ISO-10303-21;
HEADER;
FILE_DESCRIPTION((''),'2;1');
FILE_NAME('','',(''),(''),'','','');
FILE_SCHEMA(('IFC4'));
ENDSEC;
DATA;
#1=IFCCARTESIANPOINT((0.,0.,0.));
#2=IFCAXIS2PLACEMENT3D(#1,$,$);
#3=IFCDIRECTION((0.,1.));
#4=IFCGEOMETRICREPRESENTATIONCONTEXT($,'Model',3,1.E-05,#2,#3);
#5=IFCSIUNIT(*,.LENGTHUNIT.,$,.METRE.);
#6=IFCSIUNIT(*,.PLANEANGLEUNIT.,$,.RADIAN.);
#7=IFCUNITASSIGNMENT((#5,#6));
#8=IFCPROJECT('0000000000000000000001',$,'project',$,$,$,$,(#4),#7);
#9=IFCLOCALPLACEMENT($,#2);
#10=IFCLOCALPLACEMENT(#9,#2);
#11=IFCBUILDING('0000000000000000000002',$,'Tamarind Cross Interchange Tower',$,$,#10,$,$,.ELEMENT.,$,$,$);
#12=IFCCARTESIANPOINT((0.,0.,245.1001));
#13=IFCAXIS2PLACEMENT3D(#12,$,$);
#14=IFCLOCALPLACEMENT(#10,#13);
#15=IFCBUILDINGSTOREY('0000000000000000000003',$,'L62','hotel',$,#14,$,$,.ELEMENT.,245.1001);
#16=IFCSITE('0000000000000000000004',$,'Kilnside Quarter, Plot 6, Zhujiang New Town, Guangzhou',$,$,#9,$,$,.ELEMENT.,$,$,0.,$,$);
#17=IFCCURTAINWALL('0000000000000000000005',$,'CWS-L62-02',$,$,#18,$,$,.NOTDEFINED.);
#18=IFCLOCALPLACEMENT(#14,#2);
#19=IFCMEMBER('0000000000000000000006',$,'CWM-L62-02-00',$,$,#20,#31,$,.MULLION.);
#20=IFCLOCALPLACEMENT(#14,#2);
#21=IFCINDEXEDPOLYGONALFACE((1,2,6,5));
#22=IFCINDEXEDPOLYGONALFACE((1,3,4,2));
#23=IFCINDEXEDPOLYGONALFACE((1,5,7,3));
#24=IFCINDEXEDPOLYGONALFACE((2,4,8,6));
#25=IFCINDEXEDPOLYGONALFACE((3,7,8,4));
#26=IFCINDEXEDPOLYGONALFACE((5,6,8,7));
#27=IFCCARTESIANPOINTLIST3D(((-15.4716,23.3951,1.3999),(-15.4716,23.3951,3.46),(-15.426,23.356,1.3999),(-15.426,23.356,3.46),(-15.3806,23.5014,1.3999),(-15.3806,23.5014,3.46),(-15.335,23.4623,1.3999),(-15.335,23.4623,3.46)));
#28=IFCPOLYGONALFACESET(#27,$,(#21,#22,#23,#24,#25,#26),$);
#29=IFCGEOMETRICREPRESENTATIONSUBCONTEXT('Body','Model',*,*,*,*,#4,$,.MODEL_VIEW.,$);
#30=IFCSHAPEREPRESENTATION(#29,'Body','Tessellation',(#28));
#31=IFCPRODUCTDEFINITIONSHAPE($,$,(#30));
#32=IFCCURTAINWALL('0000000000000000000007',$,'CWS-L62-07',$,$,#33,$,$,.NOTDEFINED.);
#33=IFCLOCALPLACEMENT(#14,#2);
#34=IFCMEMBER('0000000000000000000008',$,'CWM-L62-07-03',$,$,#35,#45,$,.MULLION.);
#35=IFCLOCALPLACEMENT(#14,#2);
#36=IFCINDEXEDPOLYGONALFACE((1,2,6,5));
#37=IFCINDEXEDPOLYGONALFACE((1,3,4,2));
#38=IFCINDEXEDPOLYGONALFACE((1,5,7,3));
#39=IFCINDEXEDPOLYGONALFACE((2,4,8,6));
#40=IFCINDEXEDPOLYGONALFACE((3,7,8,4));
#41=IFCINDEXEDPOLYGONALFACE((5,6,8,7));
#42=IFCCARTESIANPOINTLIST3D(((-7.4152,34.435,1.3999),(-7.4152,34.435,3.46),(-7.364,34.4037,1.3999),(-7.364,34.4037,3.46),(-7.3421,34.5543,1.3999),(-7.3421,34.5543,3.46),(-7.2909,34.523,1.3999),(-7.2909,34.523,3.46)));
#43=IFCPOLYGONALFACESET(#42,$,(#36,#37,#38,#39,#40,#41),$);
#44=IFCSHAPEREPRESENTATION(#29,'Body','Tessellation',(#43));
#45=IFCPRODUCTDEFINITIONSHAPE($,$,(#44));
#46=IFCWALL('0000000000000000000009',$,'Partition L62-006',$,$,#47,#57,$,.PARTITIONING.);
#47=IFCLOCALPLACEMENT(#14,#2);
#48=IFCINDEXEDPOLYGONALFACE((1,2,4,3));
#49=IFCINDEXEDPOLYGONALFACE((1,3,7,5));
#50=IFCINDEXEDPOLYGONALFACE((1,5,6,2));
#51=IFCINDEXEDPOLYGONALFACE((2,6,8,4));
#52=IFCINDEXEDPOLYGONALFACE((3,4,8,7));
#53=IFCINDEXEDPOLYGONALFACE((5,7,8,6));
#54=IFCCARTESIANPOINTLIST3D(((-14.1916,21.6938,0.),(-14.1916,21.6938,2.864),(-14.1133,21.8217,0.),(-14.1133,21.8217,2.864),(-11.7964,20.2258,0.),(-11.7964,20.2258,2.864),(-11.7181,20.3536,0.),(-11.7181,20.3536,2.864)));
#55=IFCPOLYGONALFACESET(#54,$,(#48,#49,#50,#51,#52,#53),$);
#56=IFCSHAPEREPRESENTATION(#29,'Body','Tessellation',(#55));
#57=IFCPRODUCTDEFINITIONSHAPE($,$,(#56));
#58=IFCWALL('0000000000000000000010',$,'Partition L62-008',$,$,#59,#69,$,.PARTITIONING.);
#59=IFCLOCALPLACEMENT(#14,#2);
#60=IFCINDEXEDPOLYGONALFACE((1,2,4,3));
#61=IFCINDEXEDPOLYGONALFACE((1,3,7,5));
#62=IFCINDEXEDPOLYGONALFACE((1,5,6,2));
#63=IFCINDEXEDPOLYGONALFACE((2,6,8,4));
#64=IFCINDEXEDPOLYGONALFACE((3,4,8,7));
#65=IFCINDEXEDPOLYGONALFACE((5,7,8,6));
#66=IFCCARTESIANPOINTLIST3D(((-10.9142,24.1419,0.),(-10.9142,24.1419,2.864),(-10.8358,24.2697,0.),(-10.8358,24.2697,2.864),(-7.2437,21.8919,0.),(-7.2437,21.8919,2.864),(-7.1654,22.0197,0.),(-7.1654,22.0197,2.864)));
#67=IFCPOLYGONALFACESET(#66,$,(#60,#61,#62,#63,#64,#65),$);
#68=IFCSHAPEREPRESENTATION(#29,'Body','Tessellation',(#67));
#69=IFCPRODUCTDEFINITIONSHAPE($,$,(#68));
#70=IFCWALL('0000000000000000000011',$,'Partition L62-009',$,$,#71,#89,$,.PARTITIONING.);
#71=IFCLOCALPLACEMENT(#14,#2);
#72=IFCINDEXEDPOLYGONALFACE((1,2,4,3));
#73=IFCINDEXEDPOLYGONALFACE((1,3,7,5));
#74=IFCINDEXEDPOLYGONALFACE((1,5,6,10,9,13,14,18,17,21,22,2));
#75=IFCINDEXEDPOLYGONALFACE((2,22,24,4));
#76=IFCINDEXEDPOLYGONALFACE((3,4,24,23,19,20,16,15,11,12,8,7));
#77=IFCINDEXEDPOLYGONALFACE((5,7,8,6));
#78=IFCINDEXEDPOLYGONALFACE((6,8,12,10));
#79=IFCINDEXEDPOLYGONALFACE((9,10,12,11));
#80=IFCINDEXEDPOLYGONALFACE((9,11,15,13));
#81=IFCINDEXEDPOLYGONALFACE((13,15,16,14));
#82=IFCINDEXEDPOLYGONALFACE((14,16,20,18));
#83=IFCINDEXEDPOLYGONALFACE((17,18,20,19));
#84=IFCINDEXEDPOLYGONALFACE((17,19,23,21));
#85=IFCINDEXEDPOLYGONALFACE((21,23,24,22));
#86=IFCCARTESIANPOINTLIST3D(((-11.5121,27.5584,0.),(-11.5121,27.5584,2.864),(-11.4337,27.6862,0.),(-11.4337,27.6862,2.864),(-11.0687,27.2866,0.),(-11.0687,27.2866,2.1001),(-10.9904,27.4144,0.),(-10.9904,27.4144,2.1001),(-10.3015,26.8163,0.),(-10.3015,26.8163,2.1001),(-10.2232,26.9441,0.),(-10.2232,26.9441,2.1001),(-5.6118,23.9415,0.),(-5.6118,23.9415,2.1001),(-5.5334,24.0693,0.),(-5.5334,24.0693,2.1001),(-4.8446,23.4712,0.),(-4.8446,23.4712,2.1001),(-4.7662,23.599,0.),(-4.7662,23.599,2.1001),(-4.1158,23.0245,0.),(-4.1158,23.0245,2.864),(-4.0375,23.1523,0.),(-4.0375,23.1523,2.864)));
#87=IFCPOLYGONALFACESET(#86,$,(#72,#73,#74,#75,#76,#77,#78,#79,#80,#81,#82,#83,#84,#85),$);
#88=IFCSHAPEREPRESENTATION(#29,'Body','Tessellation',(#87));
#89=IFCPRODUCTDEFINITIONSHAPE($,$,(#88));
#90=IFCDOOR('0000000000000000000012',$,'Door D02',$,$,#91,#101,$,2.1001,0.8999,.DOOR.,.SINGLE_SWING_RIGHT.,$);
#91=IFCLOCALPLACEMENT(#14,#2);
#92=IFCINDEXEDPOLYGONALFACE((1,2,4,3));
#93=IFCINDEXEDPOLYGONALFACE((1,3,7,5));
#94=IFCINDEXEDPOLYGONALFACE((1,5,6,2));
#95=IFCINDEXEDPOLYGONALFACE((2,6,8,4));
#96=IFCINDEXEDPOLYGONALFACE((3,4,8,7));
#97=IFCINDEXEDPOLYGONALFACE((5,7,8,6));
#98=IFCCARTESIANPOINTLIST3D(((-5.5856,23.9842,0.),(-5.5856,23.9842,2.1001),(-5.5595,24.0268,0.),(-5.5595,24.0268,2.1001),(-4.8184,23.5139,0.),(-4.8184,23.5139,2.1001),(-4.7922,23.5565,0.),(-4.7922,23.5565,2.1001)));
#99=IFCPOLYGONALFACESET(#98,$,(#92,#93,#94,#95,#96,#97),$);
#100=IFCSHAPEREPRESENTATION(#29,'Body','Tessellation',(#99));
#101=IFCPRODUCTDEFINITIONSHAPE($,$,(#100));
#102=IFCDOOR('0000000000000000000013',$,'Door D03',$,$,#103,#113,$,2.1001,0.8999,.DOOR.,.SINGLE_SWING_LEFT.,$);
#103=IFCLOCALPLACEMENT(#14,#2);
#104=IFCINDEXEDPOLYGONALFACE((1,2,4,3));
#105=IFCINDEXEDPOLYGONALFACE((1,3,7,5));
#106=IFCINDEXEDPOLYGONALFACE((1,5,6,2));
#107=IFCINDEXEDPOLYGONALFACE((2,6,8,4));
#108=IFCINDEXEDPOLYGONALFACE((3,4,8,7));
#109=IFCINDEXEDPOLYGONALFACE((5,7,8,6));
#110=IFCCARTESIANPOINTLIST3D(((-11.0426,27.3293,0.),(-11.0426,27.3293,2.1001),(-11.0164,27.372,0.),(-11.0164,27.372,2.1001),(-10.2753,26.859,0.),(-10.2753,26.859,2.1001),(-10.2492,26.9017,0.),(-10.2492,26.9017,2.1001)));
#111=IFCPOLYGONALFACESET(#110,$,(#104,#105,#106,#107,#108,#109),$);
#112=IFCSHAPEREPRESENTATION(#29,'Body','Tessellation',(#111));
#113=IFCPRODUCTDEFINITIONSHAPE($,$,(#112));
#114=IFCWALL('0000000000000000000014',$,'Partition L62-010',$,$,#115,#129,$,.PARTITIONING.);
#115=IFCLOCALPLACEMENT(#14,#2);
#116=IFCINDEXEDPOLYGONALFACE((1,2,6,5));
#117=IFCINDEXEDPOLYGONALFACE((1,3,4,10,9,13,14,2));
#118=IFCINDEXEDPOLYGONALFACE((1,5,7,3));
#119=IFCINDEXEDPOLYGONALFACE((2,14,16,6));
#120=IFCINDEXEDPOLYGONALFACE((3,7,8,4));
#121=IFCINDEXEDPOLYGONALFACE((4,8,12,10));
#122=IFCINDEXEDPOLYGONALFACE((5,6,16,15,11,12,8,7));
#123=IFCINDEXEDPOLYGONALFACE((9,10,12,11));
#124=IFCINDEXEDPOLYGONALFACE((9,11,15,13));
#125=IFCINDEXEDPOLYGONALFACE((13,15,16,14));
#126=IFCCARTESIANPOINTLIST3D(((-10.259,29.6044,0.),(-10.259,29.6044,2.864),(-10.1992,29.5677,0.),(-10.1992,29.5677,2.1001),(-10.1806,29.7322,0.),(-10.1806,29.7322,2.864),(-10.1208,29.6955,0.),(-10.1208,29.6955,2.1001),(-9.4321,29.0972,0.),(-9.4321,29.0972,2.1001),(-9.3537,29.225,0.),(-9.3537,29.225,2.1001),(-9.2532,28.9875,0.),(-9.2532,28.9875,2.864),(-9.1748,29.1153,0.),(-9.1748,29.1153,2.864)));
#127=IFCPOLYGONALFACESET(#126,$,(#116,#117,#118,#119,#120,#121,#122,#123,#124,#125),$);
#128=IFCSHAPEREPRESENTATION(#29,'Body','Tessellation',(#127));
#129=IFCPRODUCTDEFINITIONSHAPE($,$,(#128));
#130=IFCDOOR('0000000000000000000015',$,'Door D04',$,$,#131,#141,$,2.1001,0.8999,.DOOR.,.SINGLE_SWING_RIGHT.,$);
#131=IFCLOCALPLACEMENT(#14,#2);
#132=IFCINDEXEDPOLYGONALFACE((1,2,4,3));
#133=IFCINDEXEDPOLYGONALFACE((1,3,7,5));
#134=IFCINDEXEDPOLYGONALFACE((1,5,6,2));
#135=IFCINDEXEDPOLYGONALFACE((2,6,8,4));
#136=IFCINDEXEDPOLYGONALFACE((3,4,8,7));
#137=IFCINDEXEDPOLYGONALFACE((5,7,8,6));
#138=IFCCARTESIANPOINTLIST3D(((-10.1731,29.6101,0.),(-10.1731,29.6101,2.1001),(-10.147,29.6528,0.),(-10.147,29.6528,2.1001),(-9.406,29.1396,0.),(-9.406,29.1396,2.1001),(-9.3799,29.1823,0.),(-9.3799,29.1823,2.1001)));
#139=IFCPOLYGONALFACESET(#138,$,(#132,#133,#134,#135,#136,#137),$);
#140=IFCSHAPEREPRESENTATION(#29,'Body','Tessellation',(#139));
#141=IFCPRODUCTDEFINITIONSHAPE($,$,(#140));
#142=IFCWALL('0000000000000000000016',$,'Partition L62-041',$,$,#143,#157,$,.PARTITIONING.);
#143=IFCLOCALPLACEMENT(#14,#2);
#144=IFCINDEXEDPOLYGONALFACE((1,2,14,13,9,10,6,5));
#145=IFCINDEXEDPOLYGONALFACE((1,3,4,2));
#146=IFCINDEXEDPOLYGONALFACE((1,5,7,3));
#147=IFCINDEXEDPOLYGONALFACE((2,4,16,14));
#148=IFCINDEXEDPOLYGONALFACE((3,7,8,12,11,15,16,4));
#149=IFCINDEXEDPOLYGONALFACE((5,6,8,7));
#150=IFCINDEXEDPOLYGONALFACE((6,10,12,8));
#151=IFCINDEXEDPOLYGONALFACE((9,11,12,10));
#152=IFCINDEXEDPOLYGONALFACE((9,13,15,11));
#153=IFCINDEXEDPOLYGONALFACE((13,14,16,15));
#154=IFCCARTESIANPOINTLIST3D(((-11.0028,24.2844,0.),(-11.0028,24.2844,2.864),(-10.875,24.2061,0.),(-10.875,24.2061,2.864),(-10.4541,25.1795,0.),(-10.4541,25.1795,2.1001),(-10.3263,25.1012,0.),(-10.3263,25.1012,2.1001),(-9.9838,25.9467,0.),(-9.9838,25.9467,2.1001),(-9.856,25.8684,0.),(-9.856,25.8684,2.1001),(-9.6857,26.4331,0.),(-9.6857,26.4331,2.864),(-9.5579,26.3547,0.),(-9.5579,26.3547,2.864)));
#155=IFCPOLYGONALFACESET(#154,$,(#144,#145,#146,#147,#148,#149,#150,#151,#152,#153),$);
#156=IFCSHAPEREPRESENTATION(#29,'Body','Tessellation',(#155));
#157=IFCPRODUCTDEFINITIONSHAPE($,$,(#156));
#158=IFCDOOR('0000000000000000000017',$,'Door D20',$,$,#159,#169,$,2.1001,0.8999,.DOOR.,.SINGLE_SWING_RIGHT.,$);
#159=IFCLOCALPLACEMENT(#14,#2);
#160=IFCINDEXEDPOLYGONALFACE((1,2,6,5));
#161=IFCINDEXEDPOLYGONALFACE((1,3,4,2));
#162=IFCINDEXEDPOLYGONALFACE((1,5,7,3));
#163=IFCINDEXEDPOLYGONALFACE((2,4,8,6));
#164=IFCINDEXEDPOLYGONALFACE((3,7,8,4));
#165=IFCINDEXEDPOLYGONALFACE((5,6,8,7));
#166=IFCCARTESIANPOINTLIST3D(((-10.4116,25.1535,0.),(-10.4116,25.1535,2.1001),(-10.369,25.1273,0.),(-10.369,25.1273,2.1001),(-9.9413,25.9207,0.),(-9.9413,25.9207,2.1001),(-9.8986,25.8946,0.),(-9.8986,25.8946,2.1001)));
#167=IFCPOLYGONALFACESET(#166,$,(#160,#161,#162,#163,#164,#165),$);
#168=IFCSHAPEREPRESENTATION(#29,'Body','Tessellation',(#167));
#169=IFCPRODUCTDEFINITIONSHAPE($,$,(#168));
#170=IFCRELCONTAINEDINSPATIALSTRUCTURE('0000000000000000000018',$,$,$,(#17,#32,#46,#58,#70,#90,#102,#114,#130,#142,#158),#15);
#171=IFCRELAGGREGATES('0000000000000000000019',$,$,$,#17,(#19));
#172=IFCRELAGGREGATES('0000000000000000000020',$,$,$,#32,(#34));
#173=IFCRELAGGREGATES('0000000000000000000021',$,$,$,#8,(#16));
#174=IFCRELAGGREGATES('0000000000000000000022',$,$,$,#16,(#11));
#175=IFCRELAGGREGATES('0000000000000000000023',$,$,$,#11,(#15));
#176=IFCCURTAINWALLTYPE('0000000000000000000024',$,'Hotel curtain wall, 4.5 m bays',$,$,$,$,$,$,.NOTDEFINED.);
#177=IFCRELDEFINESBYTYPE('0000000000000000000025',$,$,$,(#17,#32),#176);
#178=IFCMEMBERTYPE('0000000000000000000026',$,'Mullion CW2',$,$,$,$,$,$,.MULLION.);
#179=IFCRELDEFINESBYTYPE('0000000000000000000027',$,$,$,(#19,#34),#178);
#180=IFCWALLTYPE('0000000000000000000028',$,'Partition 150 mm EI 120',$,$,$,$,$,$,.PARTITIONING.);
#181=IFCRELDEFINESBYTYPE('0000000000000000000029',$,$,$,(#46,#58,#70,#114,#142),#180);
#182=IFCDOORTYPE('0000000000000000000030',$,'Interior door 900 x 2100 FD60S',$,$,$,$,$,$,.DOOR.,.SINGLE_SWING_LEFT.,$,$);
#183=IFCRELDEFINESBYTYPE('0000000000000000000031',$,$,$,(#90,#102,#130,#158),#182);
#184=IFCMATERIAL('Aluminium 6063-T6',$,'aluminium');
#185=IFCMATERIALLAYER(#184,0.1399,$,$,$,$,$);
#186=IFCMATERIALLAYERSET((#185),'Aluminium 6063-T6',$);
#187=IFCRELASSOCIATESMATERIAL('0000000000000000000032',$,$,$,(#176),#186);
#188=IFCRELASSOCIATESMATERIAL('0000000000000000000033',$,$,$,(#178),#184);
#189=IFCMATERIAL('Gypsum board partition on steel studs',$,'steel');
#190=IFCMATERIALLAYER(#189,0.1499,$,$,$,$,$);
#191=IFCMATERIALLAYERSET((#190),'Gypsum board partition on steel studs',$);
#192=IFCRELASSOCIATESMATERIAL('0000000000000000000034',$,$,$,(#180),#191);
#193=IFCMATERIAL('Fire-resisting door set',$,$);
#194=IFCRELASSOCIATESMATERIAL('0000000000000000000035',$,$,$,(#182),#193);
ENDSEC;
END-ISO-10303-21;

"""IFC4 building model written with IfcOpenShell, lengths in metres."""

from ifc_helpers import new_model, si_unit, direction, frame, frame_2d, origin, origin_2d, place, context, subcontext, project, spatial, rectangle, extrude, material, layer, layer_set, material_profile, profile_set, type_object, element, fill, aggregate, save


model = new_model("IFC4")

# Units and contexts
model_context = context("Model", 3, precision=1e-05, world=origin(), true_north=direction((0.0, 1.0)))
body_context = subcontext(model_context, "Body", "Model", "MODEL_VIEW")
ifc_project = project(units=[si_unit("LENGTHUNIT", "METRE"), si_unit("PLANEANGLEUNIT", "RADIAN")], contexts=[model_context])

# Site, building, storey
site_placement = place(None, origin())
site = spatial("IfcSite", under=ifc_project, at=site_placement, Name="Kilnside Quarter, Plot 6, Zhujiang New Town, Guangzhou", CompositionType="ELEMENT", RefElevation=0.0)
building_placement = place(site_placement, origin())
building = spatial("IfcBuilding", under=site, at=building_placement, Name="Tamarind Cross Interchange Tower", CompositionType="ELEMENT")
storey_placement = place(building_placement, frame((0.0, 0.0, 245.1001)))
storey = spatial("IfcBuildingStorey", under=building, at=storey_placement, Name="L62", Description="hotel", CompositionType="ELEMENT", Elevation=245.1001)

# Shared definitions
ifc_material_1 = material(Name="Aluminium 6063-T6", Category="aluminium")
ifc_layer_1 = layer(ifc_material_1, 0.1399)
ifc_layer_set_1 = layer_set([ifc_layer_1], Name="Aluminium 6063-T6")
curtain_wall_type = type_object("IfcCurtainWallType", Name="Hotel curtain wall, 4.5 m bays", PredefinedType="NOTDEFINED", material=ifc_layer_set_1)
ifc_material_profile_1 = material_profile(ifc_material_1, rectangle(XDim=0.0601, YDim=0.1399, at=origin_2d()), Name="Mullion CW2")
ifc_profile_set_1 = profile_set([ifc_material_profile_1], Name="Aluminium 6063-T6")
member_type = type_object("IfcMemberType", Name="Mullion CW2", PredefinedType="MULLION", material=ifc_profile_set_1)

# Curtain walls, members
curtain_wall_1_placement = place(storey_placement, origin())
curtain_wall_1 = element("IfcCurtainWall", 1, at=curtain_wall_1_placement, inside=storey, type_object=curtain_wall_type, Name="CWS-L62-02", PredefinedType="NOTDEFINED")
member_1_placement = place(storey_placement, frame((-15.4033, 23.4287, 1.3999), z_axis=(0.0, 0.0, 1.0), x_axis=(0.759701, -0.650273, 0.0)))
member_1 = element("IfcMember", 2, at=member_1_placement, type_object=member_type, Name="CWM-L62-02-00", PredefinedType="MULLION", context=body_context, shape_type="SweptSolid", body=[
    extrude(rectangle(XDim=0.0601, YDim=0.1399, at=origin_2d()), origin(), (0.0, 0.0, 1.0), 2.0601),
])
aggregate(curtain_wall_1, [member_1])
curtain_wall_2_placement = place(storey_placement, origin())
curtain_wall_2 = element("IfcCurtainWall", 3, at=curtain_wall_2_placement, inside=storey, type_object=curtain_wall_type, Name="CWS-L62-07", PredefinedType="NOTDEFINED")
member_2_placement = place(storey_placement, frame((-7.353, 34.479, 1.3999), z_axis=(0.0, 0.0, 1.0), x_axis=(-0.85272, 0.522368, 0.0)))
member_2 = element("IfcMember", 4, at=member_2_placement, type_object=member_type, Name="CWM-L62-07-03", PredefinedType="MULLION", context=body_context, shape_type="SweptSolid", body=[
    extrude(rectangle(XDim=0.0601, YDim=0.1399, at=origin_2d()), origin(), (0.0, 0.0, 1.0), 2.0601),
])
aggregate(curtain_wall_2, [member_2])

# Walls
ifc_material_2 = material(Name="Gypsum board partition on steel studs", Category="steel")
ifc_layer_2 = layer(ifc_material_2, 0.1499)
ifc_layer_set_2 = layer_set([ifc_layer_2], Name="Gypsum board partition on steel studs")
wall_type = type_object("IfcWallType", Name="Partition 150 mm EI 120", PredefinedType="PARTITIONING", material=ifc_layer_set_2)
wall_1_placement = place(storey_placement, frame((-14.1526, 21.7578, 0.0), z_axis=(0.0, 0.0, 1.0), x_axis=(0.852609, -0.52255, 0.0)))
element("IfcWall", 5, at=wall_1_placement, inside=storey, type_object=wall_type, Name="Partition L62-006", PredefinedType="PARTITIONING", context=body_context, shape_type="SweptSolid", body=[
    extrude(rectangle(XDim=2.8093, YDim=0.1499, at=frame_2d((1.4048, 0.0))), origin(), (0.0, 0.0, 1.0), 2.864),
])
wall_2_placement = place(storey_placement, frame((-10.875, 24.2058, 0.0), z_axis=(0.0, 0.0, 1.0), x_axis=(0.85256, -0.522629, 0.0)))
element("IfcWall", 6, at=wall_2_placement, inside=storey, type_object=wall_type, Name="Partition L62-008", PredefinedType="PARTITIONING", context=body_context, shape_type="SweptSolid", body=[
    extrude(rectangle(XDim=4.3052, YDim=0.1499, at=frame_2d((2.1526, 0.0))), origin(), (0.0, 0.0, 1.0), 2.864),
])

# Wall, openings, doors
wall_3_placement = place(storey_placement, frame((-11.4729, 27.6223, 0.0), z_axis=(0.0, 0.0, 1.0), x_axis=(0.852562, -0.522625, 0.0)))
wall_3 = element("IfcWall", 7, at=wall_3_placement, inside=storey, type_object=wall_type, Name="Partition L62-009", PredefinedType="PARTITIONING", context=body_context, shape_type="SweptSolid", body=[
    extrude(rectangle(XDim=8.6753, YDim=0.1499, at=frame_2d((4.3376, 0.0))), origin(), (0.0, 0.0, 1.0), 2.864),
])
opening_1_placement = place(wall_3_placement, frame((6.9207, 0.0, 0.0)))
opening_1 = element("IfcOpeningElement", 8, at=opening_1_placement, cuts=wall_3, PredefinedType="OPENING", context=body_context, shape_type="SweptSolid", body=[
    extrude(rectangle(XDim=0.8999, YDim=2.1001, at=frame_2d((0.45, 1.05))), frame((0.0, 0.085, 0.0), z_axis=(0.0, -1.0, 0.0), x_axis=(1.0, 0.0, 0.0)), (0.0, 0.0, 1.0), 0.1699),
])
opening_2_placement = place(wall_3_placement, frame((0.52, 0.0, 0.0)))
opening_2 = element("IfcOpeningElement", 9, at=opening_2_placement, cuts=wall_3, PredefinedType="OPENING", context=body_context, shape_type="SweptSolid", body=[
    extrude(rectangle(XDim=0.8999, YDim=2.1001, at=frame_2d((0.45, 1.05))), frame((0.0, 0.085, 0.0), z_axis=(0.0, -1.0, 0.0), x_axis=(1.0, 0.0, 0.0)), (0.0, 0.0, 1.0), 0.1699),
])
ifc_material_3 = material(Name="Fire-resisting door set")
door_type_1 = type_object("IfcDoorType", Name="Interior door 900 x 2100 FD60S", OperationType="SINGLE_SWING_LEFT", PredefinedType="DOOR", material=ifc_material_3)
door_1_placement = place(opening_1_placement, frame((0.8999, 0.0, 0.0), z_axis=(0.0, 0.0, 1.0), x_axis=(-1.0, 0.0, 0.0)))
door_1 = element("IfcDoor", 10, at=door_1_placement, inside=storey, type_object=door_type_1, Name="Door D02", OperationType="SINGLE_SWING_RIGHT", OverallHeight=2.1001, OverallWidth=0.8999, PredefinedType="DOOR", context=body_context, shape_type="SweptSolid", body=[
    extrude(rectangle(XDim=0.8999, YDim=2.1001, at=frame_2d((0.45, 1.05))), frame((0.0, 0.0249, 0.0), z_axis=(0.0, -1.0, 0.0), x_axis=(1.0, 0.0, 0.0)), (0.0, 0.0, 1.0), 0.05),
])
fill(opening_1, door_1)
door_2_placement = place(opening_2_placement, frame((0.8999, 0.0, 0.0), z_axis=(0.0, 0.0, 1.0), x_axis=(-1.0, 0.0, 0.0)))
door_2 = element("IfcDoor", 11, at=door_2_placement, inside=storey, type_object=door_type_1, Name="Door D03", OperationType="SINGLE_SWING_LEFT", OverallHeight=2.1001, OverallWidth=0.8999, PredefinedType="DOOR", context=body_context, shape_type="SweptSolid", body=[
    extrude(rectangle(XDim=0.8999, YDim=2.1001, at=frame_2d((0.45, 1.05))), frame((0.0, 0.0249, 0.0), z_axis=(0.0, -1.0, 0.0), x_axis=(1.0, 0.0, 0.0)), (0.0, 0.0, 1.0), 0.05),
])
fill(opening_2, door_2)

# Walls, openings, doors
wall_4_placement = place(storey_placement, frame((-10.2197, 29.6682, 0.0), z_axis=(0.0, 0.0, 1.0), x_axis=(0.852432, -0.522839, 0.0)))
wall_4 = element("IfcWall", 12, at=wall_4_placement, inside=storey, type_object=wall_type, Name="Partition L62-010", PredefinedType="PARTITIONING", context=body_context, shape_type="SweptSolid", body=[
    extrude(rectangle(XDim=1.1799, YDim=0.1499, at=frame_2d((0.5898, 0.0))), origin(), (0.0, 0.0, 1.0), 2.864),
])
opening_3_placement = place(wall_4_placement, frame((0.0701, 0.0, 0.0)))
opening_3 = element("IfcOpeningElement", 13, at=opening_3_placement, cuts=wall_4, PredefinedType="OPENING", context=body_context, shape_type="SweptSolid", body=[
    extrude(rectangle(XDim=0.8999, YDim=2.1001, at=frame_2d((0.45, 1.05))), frame((0.0, 0.085, 0.0), z_axis=(0.0, -1.0, 0.0), x_axis=(1.0, 0.0, 0.0)), (0.0, 0.0, 1.0), 0.1699),
])
door_3_placement = place(opening_3_placement, origin())
door_3 = element("IfcDoor", 14, at=door_3_placement, inside=storey, type_object=door_type_1, Name="Door D04", OperationType="SINGLE_SWING_RIGHT", OverallHeight=2.1001, OverallWidth=0.8999, PredefinedType="DOOR", context=body_context, shape_type="SweptSolid", body=[
    extrude(rectangle(XDim=0.8999, YDim=2.1001, at=frame_2d((0.45, 1.05))), frame((0.0, 0.0249, 0.0), z_axis=(0.0, -1.0, 0.0), x_axis=(1.0, 0.0, 0.0)), (0.0, 0.0, 1.0), 0.05),
])
fill(opening_3, door_3)
wall_5_placement = place(storey_placement, frame((-10.939, 24.2451, 0.0), z_axis=(0.0, 0.0, 1.0), x_axis=(0.522621, 0.852565, 0.0)))
wall_5 = element("IfcWall", 15, at=wall_5_placement, inside=storey, type_object=wall_type, Name="Partition L62-041", PredefinedType="PARTITIONING", context=body_context, shape_type="SweptSolid", body=[
    extrude(rectangle(XDim=2.5203, YDim=0.1499, at=frame_2d((1.2603, 0.0))), origin(), (0.0, 0.0, 1.0), 2.864),
])
opening_4_placement = place(wall_5_placement, frame((1.05, 0.0, 0.0)))
opening_4 = element("IfcOpeningElement", 16, at=opening_4_placement, cuts=wall_5, PredefinedType="OPENING", context=body_context, shape_type="SweptSolid", body=[
    extrude(rectangle(XDim=0.8999, YDim=2.1001, at=frame_2d((0.45, 1.05))), frame((0.0, 0.085, 0.0), z_axis=(0.0, -1.0, 0.0), x_axis=(1.0, 0.0, 0.0)), (0.0, 0.0, 1.0), 0.1699),
])
door_4_placement = place(opening_4_placement, frame((0.8999, 0.0, 0.0), z_axis=(0.0, 0.0, 1.0), x_axis=(-1.0, 0.0, 0.0)))
door_4 = element("IfcDoor", 17, at=door_4_placement, inside=storey, type_object=door_type_1, Name="Door D20", OperationType="SINGLE_SWING_RIGHT", OverallHeight=2.1001, OverallWidth=0.8999, PredefinedType="DOOR", context=body_context, shape_type="SweptSolid", body=[
    extrude(rectangle(XDim=0.8999, YDim=2.1001, at=frame_2d((0.45, 1.05))), frame((0.0, 0.0249, 0.0), z_axis=(0.0, -1.0, 0.0), x_axis=(1.0, 0.0, 0.0)), (0.0, 0.0, 1.0), 0.05),
])
fill(opening_4, door_4)

save(model, "model.ifc")
